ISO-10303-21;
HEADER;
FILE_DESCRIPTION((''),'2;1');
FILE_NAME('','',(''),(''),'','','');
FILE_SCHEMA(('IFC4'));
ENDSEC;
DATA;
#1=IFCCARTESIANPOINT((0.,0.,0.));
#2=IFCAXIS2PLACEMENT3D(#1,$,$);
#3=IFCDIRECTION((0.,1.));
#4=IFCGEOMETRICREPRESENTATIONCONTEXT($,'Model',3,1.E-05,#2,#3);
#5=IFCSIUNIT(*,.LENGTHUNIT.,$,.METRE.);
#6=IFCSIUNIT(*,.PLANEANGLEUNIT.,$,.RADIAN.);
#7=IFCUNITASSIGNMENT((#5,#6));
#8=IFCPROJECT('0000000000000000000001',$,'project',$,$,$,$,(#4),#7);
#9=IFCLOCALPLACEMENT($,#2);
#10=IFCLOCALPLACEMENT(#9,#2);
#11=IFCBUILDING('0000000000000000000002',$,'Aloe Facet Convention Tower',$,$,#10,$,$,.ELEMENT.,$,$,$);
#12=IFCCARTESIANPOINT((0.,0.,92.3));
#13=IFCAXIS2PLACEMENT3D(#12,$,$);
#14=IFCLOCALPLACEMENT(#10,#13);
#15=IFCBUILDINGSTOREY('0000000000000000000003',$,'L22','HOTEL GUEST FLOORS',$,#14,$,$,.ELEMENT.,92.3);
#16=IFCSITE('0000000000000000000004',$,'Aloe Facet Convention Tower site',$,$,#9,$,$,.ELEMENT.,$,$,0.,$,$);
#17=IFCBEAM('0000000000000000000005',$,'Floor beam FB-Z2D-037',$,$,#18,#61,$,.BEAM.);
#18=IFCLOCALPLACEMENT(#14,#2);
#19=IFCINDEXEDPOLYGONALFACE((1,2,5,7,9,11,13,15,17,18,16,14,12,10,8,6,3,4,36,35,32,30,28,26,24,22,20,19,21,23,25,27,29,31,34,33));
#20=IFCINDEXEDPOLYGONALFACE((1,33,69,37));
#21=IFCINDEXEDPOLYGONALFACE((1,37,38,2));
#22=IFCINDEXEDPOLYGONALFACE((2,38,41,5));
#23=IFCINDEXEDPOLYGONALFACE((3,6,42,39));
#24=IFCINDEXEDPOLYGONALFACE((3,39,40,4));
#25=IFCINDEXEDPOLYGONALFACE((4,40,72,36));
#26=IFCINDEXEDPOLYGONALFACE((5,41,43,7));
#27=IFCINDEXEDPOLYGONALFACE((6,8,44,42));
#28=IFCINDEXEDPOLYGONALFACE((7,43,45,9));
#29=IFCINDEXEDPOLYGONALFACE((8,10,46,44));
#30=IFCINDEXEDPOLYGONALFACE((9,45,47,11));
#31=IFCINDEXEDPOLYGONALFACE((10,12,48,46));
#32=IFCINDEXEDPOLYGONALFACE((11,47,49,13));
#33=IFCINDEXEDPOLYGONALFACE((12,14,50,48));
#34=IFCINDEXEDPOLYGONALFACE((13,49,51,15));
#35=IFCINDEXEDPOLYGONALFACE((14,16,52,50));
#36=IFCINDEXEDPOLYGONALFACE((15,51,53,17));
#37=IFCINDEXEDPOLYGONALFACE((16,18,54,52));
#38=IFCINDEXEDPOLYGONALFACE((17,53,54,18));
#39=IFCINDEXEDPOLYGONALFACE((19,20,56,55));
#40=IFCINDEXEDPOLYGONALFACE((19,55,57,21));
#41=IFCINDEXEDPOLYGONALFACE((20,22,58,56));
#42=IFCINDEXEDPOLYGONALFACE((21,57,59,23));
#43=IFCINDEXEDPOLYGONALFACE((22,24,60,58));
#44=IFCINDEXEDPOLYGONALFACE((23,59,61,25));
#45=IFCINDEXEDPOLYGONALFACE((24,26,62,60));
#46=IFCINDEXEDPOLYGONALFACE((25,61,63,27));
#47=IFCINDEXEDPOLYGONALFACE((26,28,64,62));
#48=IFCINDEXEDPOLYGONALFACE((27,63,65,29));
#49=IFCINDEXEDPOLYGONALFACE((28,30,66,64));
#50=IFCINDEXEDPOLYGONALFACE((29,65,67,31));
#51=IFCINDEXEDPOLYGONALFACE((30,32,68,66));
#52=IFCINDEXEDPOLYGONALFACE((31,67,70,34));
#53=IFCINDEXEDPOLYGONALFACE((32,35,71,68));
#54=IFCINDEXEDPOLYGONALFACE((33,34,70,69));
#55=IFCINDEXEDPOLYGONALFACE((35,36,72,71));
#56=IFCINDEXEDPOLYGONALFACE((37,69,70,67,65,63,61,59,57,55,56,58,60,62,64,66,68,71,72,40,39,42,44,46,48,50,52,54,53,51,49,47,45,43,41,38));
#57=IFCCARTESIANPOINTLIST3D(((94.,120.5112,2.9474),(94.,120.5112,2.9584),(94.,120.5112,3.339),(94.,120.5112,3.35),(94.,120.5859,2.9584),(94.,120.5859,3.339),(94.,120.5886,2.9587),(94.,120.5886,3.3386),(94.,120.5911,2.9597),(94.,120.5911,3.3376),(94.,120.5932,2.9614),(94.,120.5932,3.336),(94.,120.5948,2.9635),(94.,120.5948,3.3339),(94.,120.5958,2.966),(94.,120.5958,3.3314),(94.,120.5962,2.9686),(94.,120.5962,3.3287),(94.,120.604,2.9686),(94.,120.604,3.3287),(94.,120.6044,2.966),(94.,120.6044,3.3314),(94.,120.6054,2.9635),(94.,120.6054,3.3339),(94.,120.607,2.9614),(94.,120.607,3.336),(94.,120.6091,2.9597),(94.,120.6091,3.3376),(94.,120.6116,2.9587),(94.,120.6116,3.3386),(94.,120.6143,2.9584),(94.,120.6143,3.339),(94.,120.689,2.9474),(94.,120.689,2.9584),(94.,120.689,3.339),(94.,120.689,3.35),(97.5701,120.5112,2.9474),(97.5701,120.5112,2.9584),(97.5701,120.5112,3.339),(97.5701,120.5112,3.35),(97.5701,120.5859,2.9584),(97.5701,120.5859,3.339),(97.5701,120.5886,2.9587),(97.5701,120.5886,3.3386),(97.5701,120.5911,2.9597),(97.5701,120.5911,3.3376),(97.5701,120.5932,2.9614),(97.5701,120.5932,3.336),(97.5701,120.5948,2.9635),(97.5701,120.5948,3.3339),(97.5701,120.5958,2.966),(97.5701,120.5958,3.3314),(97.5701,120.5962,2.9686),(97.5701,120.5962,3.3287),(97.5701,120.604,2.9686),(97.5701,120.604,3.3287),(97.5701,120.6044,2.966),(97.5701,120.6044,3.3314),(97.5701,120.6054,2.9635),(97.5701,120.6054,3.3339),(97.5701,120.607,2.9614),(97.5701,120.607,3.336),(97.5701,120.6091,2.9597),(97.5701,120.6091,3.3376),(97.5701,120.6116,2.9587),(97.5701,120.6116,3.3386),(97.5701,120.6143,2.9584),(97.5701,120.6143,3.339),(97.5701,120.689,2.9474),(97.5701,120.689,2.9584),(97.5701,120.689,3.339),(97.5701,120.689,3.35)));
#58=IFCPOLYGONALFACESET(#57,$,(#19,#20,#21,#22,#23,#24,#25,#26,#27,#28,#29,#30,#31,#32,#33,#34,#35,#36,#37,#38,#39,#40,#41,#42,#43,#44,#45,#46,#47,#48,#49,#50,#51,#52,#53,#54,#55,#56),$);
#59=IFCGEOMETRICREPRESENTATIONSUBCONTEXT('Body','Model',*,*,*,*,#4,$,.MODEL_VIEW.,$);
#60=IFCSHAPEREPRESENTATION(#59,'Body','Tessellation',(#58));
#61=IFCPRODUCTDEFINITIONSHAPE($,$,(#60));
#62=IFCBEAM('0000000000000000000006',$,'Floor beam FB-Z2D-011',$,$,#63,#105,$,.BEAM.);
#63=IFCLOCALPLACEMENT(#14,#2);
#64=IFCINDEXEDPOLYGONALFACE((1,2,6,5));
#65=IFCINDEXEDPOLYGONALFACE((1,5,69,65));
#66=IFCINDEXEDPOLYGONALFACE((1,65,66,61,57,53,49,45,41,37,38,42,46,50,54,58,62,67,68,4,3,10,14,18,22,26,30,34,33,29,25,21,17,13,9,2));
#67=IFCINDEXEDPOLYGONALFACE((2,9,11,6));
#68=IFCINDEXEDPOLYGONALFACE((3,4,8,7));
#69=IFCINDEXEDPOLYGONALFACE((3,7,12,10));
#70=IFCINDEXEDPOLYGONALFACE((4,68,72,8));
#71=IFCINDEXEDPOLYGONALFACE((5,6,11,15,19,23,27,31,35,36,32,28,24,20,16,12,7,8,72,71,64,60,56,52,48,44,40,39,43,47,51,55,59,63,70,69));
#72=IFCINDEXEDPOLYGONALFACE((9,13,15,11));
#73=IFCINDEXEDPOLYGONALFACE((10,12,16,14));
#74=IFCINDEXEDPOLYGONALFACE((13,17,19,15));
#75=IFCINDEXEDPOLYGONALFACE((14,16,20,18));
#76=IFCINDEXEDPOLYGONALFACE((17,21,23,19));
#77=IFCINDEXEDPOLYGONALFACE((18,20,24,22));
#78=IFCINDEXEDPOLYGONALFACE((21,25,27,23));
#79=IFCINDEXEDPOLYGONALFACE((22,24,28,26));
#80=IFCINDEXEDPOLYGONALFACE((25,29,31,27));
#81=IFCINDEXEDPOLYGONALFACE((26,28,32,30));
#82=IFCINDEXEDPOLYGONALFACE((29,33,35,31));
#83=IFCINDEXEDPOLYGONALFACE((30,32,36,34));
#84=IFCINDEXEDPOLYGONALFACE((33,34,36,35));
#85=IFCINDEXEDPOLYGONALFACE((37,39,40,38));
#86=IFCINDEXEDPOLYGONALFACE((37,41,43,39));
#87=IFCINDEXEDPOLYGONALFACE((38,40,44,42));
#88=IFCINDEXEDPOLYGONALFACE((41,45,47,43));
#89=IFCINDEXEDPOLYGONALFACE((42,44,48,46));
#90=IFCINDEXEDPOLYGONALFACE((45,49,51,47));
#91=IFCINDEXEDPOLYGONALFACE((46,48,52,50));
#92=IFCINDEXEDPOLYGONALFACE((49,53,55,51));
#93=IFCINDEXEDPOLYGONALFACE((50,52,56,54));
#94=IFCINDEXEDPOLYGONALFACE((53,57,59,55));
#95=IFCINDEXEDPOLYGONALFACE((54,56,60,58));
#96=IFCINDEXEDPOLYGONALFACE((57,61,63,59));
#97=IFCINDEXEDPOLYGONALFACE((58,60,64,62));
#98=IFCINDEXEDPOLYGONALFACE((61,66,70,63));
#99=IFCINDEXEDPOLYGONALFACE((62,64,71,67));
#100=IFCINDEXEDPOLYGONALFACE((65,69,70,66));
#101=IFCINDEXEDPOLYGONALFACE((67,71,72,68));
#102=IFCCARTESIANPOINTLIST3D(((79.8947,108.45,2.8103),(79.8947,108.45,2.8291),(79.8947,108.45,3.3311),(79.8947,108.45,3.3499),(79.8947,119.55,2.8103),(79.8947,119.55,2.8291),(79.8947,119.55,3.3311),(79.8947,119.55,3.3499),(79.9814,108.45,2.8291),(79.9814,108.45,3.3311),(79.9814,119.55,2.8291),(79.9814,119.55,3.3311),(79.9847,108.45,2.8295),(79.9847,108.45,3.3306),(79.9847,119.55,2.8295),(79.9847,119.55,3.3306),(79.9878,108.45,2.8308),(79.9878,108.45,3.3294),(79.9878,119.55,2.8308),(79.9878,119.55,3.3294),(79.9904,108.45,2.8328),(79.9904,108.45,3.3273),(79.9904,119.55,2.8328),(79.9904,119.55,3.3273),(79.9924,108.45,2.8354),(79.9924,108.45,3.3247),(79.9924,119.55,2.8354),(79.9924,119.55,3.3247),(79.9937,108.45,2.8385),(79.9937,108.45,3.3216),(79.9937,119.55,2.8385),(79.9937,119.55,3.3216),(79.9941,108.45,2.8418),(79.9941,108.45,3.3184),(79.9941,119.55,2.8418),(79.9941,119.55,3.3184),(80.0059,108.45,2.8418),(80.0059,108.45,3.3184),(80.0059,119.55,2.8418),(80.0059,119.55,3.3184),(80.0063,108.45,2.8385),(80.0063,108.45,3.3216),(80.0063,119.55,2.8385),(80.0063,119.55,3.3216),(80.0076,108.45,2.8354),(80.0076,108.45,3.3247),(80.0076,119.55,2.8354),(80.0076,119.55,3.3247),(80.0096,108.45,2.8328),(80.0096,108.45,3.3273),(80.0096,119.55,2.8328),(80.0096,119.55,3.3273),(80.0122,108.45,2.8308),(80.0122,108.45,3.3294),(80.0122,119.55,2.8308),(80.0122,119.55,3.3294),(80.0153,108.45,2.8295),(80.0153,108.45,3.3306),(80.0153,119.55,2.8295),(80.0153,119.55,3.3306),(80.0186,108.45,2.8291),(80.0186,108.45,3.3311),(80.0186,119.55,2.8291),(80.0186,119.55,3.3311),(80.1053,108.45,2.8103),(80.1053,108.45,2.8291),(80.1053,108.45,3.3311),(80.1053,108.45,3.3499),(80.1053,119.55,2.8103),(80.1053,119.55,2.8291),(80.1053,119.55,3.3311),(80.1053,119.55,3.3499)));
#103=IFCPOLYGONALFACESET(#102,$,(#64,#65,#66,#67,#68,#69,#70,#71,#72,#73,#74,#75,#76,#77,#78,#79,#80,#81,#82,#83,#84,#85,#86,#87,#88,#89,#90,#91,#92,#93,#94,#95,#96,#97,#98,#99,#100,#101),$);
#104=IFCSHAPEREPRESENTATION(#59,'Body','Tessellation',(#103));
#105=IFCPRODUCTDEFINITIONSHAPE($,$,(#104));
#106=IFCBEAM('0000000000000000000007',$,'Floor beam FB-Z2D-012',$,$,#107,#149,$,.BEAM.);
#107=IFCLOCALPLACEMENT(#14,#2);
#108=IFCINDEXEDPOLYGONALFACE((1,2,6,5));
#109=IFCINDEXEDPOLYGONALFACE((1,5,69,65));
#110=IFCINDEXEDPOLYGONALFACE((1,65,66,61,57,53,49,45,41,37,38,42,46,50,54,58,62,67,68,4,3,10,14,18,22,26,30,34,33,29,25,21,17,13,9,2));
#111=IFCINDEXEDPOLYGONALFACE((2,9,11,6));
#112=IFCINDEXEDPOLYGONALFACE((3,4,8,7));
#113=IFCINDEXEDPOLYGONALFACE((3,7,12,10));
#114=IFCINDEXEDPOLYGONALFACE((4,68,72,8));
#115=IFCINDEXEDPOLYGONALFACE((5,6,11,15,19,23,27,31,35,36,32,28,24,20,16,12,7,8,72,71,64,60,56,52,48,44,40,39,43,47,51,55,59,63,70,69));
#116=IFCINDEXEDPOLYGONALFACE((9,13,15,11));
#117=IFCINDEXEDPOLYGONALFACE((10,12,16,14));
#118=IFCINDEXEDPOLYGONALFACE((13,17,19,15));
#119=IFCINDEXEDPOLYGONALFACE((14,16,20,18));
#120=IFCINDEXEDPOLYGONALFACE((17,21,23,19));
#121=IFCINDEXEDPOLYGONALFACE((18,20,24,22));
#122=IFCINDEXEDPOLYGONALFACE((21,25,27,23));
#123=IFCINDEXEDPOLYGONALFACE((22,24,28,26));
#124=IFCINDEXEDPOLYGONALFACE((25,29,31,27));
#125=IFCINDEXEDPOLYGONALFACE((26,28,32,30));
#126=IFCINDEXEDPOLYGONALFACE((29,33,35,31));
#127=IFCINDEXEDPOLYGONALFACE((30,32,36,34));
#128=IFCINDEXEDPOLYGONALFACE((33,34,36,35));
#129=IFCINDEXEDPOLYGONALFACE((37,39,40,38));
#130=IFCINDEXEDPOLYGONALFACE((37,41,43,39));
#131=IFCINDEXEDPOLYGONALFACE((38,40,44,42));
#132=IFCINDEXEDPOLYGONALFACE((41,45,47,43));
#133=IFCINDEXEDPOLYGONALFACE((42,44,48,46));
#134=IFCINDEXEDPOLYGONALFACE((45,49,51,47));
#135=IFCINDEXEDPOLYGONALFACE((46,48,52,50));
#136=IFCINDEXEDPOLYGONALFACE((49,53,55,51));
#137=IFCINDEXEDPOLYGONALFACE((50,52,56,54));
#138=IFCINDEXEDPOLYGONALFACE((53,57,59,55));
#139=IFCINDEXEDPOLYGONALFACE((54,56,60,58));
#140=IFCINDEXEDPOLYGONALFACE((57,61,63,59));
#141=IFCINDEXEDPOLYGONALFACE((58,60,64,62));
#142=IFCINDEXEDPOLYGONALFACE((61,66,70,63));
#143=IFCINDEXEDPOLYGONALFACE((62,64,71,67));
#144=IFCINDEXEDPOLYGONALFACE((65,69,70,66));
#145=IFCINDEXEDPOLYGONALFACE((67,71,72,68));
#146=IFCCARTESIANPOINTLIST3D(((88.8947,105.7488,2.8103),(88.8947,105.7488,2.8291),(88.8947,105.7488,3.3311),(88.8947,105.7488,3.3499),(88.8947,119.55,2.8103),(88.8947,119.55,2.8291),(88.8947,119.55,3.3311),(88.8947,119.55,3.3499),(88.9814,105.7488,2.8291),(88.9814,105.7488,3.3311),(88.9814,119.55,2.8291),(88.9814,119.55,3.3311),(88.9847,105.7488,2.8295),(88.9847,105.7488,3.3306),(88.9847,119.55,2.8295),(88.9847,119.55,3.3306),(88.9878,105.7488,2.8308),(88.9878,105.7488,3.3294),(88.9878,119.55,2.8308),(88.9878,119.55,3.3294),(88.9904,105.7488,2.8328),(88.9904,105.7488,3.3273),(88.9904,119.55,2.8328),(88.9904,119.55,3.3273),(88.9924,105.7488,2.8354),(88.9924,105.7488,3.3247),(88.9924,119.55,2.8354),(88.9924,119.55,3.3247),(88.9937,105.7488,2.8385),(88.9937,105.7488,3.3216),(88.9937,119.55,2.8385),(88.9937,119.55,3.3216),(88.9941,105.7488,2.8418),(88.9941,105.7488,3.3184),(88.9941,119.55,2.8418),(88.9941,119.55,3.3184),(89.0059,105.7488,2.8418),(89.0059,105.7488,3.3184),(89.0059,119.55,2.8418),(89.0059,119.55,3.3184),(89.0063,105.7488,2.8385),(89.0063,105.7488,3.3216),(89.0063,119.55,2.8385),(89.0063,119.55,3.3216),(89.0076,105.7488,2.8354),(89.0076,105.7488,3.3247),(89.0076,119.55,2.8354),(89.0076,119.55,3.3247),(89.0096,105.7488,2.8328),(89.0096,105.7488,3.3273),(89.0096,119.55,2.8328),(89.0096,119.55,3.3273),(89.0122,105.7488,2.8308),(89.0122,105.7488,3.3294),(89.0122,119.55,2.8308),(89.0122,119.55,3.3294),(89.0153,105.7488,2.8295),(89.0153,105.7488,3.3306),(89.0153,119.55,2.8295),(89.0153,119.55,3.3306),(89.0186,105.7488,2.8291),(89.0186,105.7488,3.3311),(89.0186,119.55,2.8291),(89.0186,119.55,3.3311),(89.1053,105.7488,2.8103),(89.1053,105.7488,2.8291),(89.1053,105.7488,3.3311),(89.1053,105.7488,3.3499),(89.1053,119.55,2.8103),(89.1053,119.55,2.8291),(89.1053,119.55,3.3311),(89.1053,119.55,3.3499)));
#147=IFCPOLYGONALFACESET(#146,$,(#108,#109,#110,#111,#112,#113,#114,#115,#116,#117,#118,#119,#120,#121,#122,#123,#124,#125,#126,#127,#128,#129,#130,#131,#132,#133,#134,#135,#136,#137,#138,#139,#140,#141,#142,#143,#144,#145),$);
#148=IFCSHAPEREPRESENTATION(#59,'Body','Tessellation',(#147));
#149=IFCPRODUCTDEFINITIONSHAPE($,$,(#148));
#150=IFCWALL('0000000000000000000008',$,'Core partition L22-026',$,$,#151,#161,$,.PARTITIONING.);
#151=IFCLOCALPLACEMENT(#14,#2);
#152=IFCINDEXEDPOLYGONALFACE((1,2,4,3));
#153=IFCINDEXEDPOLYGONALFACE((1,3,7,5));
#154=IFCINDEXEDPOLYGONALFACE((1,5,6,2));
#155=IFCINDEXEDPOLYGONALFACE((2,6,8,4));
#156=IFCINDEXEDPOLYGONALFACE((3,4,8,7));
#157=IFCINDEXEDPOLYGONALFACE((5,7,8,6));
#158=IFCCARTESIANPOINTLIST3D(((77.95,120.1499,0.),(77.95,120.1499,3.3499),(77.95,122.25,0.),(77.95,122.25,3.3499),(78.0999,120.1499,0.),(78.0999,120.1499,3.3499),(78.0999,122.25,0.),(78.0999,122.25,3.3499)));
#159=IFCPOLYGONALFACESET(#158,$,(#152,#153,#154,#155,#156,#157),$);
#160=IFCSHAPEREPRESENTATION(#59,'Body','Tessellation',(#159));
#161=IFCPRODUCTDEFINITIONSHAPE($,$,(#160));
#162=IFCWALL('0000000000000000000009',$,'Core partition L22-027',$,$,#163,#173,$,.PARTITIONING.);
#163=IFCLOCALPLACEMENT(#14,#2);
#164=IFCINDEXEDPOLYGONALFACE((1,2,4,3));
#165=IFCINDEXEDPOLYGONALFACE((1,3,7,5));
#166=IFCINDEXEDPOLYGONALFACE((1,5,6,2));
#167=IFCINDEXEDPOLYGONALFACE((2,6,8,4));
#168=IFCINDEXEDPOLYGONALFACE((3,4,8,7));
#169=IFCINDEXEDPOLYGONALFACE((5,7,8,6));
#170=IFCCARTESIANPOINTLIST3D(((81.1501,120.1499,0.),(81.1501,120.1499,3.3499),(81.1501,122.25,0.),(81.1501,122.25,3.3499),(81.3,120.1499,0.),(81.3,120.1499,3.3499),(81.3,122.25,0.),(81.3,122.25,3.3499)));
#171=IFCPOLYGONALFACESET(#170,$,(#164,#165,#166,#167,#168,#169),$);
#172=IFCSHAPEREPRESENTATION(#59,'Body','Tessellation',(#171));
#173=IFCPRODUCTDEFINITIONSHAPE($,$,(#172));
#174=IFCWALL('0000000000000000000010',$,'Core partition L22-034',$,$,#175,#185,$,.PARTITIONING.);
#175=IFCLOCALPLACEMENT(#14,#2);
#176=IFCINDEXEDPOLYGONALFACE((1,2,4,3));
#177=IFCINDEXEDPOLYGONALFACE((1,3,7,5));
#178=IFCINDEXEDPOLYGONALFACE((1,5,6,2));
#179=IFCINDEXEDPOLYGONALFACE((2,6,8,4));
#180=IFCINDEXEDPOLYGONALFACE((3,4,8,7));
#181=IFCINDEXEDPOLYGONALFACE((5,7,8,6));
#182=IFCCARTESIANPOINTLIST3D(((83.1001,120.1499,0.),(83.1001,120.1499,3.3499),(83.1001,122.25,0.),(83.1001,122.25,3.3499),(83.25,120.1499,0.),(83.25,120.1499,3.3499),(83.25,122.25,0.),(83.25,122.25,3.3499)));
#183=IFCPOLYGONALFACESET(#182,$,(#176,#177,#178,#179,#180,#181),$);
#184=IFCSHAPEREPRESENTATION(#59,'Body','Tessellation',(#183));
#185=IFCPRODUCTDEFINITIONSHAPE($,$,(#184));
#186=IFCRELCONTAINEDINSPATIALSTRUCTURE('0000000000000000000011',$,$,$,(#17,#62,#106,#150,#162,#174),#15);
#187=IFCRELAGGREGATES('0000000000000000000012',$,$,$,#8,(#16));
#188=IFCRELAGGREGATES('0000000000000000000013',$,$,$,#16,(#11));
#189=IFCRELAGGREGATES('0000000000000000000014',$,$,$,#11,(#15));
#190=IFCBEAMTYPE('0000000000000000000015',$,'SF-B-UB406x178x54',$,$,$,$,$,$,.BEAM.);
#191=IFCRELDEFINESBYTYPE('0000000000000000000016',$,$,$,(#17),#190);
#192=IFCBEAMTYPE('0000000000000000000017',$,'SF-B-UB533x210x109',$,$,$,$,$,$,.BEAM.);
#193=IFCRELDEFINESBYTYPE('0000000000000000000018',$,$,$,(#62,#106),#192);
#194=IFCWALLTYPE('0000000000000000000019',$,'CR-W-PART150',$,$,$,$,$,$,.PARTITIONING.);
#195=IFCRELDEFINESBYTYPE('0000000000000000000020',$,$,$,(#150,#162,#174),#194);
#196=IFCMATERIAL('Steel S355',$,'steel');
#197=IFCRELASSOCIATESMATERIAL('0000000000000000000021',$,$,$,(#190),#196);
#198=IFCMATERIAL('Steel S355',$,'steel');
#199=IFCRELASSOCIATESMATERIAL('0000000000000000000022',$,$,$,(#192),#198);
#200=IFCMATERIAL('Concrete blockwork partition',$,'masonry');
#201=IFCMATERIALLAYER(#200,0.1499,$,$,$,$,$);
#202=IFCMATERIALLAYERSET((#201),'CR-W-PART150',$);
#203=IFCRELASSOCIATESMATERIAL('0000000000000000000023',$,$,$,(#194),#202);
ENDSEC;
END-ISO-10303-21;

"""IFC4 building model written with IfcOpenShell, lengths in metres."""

from ifc_helpers import new_model, si_unit, direction, frame, frame_2d, origin, origin_2d, place, context, subcontext, project, spatial, rectangle, i_section, extrude, material, layer, layer_set, material_profile, profile_set, type_object, element, save


model = new_model("IFC4")

# Units and contexts
model_context = context("Model", 3, precision=1e-05, world=origin(), true_north=direction((0.0, 1.0)))
body_context = subcontext(model_context, "Body", "Model", "MODEL_VIEW")
ifc_project = project(units=[si_unit("LENGTHUNIT", "METRE"), si_unit("PLANEANGLEUNIT", "RADIAN")], contexts=[model_context])

# Site, building, storey
site_placement = place(None, origin())
site = spatial("IfcSite", under=ifc_project, at=site_placement, Name="Aloe Facet Convention Tower site", CompositionType="ELEMENT", RefElevation=0.0)
building_placement = place(site_placement, origin())
building = spatial("IfcBuilding", under=site, at=building_placement, Name="Aloe Facet Convention Tower", CompositionType="ELEMENT")
storey_placement = place(building_placement, frame((0.0, 0.0, 92.3)))
storey = spatial("IfcBuildingStorey", under=building, at=storey_placement, Name="L22", Description="HOTEL GUEST FLOORS", CompositionType="ELEMENT", Elevation=92.3)

# Beams
ifc_material_1 = material(Name="Steel S355", Category="steel")
ifc_material_profile_1 = material_profile(ifc_material_1, i_section(OverallWidth=0.1777, OverallDepth=0.4026, WebThickness=0.0078, FlangeThickness=0.011, FilletRadius=0.0103, at=origin_2d()), Name="UB 406x178x54")
ifc_profile_set_1 = profile_set([ifc_material_profile_1], Name="Steel S355")
beam_type_1 = type_object("IfcBeamType", Name="SF-B-UB406x178x54", PredefinedType="BEAM", material=ifc_profile_set_1)
beam_1_placement = place(storey_placement, frame((94.0, 120.6001, 3.1487), z_axis=(1.0, 0.0, 0.0), x_axis=(0.0, 1.0, 0.0)))
element("IfcBeam", 1, at=beam_1_placement, inside=storey, type_object=beam_type_1, Name="Floor beam FB-Z2D-037", PredefinedType="BEAM", context=body_context, shape_type="SweptSolid", body=[
    extrude(i_section(OverallWidth=0.1777, OverallDepth=0.4026, WebThickness=0.0078, FlangeThickness=0.011, FilletRadius=0.0103, at=origin_2d()), origin(), (0.0, 0.0, 1.0), 3.5701),
])
ifc_material_2 = material(Name="Steel S355", Category="steel")
ifc_material_profile_2 = material_profile(ifc_material_2, i_section(OverallWidth=0.2107, OverallDepth=0.5396, WebThickness=0.0117, FlangeThickness=0.0188, FilletRadius=0.0127, at=origin_2d()), Name="UB 533x210x109")
ifc_profile_set_2 = profile_set([ifc_material_profile_2], Name="Steel S355")
beam_type_2 = type_object("IfcBeamType", Name="SF-B-UB533x210x109", PredefinedType="BEAM", material=ifc_profile_set_2)
beam_2_placement = place(storey_placement, frame((80.0, 119.55, 3.0801), z_axis=(0.0, -1.0, 0.0), x_axis=(1.0, 0.0, 0.0)))
element("IfcBeam", 2, at=beam_2_placement, inside=storey, type_object=beam_type_2, Name="Floor beam FB-Z2D-011", PredefinedType="BEAM", context=body_context, shape_type="SweptSolid", body=[
    extrude(i_section(OverallWidth=0.2107, OverallDepth=0.5396, WebThickness=0.0117, FlangeThickness=0.0188, FilletRadius=0.0127, at=origin_2d()), origin(), (0.0, 0.0, 1.0), 11.1001),
])
beam_3_placement = place(storey_placement, frame((89.0, 119.55, 3.0801), z_axis=(0.0, -1.0, 0.0), x_axis=(1.0, 0.0, 0.0)))
element("IfcBeam", 3, at=beam_3_placement, inside=storey, type_object=beam_type_2, Name="Floor beam FB-Z2D-012", PredefinedType="BEAM", context=body_context, shape_type="SweptSolid", body=[
    extrude(i_section(OverallWidth=0.2107, OverallDepth=0.5396, WebThickness=0.0117, FlangeThickness=0.0188, FilletRadius=0.0127, at=origin_2d()), origin(), (0.0, 0.0, 1.0), 13.8013),
])

# Walls
ifc_material_3 = material(Name="Concrete blockwork partition", Category="masonry")
ifc_layer_1 = layer(ifc_material_3, 0.1499)
ifc_layer_set_1 = layer_set([ifc_layer_1], Name="CR-W-PART150")
wall_type_1 = type_object("IfcWallType", Name="CR-W-PART150", PredefinedType="PARTITIONING", material=ifc_layer_set_1)
for number, where, z_axis, x_axis, name in (
    (4, (78.0249, 122.25, 0.0), (0.0, 0.0, 1.0), (0.0, -1.0, 0.0), "Core partition L22-026"),
    (5, (81.2251, 122.25, 0.0), (0.0, 0.0, 1.0), (0.0, -1.0, 0.0), "Core partition L22-027"),
    (6, (83.175, 122.25, 0.0), (0.0, 0.0, 1.0), (0.0, -1.0, 0.0), "Core partition L22-034"),
):
    element("IfcWall", number, at=place(storey_placement, frame(where, z_axis=z_axis, x_axis=x_axis)), inside=storey, type_object=wall_type_1, Name=name, PredefinedType="PARTITIONING", context=body_context, shape_type="SweptSolid", body=[
        extrude(rectangle(XDim=2.1001, YDim=0.1499, at=frame_2d((1.05, 0.0))), origin(), (0.0, 0.0, 1.0), 3.3499),
    ])

save(model, "model.ifc")
